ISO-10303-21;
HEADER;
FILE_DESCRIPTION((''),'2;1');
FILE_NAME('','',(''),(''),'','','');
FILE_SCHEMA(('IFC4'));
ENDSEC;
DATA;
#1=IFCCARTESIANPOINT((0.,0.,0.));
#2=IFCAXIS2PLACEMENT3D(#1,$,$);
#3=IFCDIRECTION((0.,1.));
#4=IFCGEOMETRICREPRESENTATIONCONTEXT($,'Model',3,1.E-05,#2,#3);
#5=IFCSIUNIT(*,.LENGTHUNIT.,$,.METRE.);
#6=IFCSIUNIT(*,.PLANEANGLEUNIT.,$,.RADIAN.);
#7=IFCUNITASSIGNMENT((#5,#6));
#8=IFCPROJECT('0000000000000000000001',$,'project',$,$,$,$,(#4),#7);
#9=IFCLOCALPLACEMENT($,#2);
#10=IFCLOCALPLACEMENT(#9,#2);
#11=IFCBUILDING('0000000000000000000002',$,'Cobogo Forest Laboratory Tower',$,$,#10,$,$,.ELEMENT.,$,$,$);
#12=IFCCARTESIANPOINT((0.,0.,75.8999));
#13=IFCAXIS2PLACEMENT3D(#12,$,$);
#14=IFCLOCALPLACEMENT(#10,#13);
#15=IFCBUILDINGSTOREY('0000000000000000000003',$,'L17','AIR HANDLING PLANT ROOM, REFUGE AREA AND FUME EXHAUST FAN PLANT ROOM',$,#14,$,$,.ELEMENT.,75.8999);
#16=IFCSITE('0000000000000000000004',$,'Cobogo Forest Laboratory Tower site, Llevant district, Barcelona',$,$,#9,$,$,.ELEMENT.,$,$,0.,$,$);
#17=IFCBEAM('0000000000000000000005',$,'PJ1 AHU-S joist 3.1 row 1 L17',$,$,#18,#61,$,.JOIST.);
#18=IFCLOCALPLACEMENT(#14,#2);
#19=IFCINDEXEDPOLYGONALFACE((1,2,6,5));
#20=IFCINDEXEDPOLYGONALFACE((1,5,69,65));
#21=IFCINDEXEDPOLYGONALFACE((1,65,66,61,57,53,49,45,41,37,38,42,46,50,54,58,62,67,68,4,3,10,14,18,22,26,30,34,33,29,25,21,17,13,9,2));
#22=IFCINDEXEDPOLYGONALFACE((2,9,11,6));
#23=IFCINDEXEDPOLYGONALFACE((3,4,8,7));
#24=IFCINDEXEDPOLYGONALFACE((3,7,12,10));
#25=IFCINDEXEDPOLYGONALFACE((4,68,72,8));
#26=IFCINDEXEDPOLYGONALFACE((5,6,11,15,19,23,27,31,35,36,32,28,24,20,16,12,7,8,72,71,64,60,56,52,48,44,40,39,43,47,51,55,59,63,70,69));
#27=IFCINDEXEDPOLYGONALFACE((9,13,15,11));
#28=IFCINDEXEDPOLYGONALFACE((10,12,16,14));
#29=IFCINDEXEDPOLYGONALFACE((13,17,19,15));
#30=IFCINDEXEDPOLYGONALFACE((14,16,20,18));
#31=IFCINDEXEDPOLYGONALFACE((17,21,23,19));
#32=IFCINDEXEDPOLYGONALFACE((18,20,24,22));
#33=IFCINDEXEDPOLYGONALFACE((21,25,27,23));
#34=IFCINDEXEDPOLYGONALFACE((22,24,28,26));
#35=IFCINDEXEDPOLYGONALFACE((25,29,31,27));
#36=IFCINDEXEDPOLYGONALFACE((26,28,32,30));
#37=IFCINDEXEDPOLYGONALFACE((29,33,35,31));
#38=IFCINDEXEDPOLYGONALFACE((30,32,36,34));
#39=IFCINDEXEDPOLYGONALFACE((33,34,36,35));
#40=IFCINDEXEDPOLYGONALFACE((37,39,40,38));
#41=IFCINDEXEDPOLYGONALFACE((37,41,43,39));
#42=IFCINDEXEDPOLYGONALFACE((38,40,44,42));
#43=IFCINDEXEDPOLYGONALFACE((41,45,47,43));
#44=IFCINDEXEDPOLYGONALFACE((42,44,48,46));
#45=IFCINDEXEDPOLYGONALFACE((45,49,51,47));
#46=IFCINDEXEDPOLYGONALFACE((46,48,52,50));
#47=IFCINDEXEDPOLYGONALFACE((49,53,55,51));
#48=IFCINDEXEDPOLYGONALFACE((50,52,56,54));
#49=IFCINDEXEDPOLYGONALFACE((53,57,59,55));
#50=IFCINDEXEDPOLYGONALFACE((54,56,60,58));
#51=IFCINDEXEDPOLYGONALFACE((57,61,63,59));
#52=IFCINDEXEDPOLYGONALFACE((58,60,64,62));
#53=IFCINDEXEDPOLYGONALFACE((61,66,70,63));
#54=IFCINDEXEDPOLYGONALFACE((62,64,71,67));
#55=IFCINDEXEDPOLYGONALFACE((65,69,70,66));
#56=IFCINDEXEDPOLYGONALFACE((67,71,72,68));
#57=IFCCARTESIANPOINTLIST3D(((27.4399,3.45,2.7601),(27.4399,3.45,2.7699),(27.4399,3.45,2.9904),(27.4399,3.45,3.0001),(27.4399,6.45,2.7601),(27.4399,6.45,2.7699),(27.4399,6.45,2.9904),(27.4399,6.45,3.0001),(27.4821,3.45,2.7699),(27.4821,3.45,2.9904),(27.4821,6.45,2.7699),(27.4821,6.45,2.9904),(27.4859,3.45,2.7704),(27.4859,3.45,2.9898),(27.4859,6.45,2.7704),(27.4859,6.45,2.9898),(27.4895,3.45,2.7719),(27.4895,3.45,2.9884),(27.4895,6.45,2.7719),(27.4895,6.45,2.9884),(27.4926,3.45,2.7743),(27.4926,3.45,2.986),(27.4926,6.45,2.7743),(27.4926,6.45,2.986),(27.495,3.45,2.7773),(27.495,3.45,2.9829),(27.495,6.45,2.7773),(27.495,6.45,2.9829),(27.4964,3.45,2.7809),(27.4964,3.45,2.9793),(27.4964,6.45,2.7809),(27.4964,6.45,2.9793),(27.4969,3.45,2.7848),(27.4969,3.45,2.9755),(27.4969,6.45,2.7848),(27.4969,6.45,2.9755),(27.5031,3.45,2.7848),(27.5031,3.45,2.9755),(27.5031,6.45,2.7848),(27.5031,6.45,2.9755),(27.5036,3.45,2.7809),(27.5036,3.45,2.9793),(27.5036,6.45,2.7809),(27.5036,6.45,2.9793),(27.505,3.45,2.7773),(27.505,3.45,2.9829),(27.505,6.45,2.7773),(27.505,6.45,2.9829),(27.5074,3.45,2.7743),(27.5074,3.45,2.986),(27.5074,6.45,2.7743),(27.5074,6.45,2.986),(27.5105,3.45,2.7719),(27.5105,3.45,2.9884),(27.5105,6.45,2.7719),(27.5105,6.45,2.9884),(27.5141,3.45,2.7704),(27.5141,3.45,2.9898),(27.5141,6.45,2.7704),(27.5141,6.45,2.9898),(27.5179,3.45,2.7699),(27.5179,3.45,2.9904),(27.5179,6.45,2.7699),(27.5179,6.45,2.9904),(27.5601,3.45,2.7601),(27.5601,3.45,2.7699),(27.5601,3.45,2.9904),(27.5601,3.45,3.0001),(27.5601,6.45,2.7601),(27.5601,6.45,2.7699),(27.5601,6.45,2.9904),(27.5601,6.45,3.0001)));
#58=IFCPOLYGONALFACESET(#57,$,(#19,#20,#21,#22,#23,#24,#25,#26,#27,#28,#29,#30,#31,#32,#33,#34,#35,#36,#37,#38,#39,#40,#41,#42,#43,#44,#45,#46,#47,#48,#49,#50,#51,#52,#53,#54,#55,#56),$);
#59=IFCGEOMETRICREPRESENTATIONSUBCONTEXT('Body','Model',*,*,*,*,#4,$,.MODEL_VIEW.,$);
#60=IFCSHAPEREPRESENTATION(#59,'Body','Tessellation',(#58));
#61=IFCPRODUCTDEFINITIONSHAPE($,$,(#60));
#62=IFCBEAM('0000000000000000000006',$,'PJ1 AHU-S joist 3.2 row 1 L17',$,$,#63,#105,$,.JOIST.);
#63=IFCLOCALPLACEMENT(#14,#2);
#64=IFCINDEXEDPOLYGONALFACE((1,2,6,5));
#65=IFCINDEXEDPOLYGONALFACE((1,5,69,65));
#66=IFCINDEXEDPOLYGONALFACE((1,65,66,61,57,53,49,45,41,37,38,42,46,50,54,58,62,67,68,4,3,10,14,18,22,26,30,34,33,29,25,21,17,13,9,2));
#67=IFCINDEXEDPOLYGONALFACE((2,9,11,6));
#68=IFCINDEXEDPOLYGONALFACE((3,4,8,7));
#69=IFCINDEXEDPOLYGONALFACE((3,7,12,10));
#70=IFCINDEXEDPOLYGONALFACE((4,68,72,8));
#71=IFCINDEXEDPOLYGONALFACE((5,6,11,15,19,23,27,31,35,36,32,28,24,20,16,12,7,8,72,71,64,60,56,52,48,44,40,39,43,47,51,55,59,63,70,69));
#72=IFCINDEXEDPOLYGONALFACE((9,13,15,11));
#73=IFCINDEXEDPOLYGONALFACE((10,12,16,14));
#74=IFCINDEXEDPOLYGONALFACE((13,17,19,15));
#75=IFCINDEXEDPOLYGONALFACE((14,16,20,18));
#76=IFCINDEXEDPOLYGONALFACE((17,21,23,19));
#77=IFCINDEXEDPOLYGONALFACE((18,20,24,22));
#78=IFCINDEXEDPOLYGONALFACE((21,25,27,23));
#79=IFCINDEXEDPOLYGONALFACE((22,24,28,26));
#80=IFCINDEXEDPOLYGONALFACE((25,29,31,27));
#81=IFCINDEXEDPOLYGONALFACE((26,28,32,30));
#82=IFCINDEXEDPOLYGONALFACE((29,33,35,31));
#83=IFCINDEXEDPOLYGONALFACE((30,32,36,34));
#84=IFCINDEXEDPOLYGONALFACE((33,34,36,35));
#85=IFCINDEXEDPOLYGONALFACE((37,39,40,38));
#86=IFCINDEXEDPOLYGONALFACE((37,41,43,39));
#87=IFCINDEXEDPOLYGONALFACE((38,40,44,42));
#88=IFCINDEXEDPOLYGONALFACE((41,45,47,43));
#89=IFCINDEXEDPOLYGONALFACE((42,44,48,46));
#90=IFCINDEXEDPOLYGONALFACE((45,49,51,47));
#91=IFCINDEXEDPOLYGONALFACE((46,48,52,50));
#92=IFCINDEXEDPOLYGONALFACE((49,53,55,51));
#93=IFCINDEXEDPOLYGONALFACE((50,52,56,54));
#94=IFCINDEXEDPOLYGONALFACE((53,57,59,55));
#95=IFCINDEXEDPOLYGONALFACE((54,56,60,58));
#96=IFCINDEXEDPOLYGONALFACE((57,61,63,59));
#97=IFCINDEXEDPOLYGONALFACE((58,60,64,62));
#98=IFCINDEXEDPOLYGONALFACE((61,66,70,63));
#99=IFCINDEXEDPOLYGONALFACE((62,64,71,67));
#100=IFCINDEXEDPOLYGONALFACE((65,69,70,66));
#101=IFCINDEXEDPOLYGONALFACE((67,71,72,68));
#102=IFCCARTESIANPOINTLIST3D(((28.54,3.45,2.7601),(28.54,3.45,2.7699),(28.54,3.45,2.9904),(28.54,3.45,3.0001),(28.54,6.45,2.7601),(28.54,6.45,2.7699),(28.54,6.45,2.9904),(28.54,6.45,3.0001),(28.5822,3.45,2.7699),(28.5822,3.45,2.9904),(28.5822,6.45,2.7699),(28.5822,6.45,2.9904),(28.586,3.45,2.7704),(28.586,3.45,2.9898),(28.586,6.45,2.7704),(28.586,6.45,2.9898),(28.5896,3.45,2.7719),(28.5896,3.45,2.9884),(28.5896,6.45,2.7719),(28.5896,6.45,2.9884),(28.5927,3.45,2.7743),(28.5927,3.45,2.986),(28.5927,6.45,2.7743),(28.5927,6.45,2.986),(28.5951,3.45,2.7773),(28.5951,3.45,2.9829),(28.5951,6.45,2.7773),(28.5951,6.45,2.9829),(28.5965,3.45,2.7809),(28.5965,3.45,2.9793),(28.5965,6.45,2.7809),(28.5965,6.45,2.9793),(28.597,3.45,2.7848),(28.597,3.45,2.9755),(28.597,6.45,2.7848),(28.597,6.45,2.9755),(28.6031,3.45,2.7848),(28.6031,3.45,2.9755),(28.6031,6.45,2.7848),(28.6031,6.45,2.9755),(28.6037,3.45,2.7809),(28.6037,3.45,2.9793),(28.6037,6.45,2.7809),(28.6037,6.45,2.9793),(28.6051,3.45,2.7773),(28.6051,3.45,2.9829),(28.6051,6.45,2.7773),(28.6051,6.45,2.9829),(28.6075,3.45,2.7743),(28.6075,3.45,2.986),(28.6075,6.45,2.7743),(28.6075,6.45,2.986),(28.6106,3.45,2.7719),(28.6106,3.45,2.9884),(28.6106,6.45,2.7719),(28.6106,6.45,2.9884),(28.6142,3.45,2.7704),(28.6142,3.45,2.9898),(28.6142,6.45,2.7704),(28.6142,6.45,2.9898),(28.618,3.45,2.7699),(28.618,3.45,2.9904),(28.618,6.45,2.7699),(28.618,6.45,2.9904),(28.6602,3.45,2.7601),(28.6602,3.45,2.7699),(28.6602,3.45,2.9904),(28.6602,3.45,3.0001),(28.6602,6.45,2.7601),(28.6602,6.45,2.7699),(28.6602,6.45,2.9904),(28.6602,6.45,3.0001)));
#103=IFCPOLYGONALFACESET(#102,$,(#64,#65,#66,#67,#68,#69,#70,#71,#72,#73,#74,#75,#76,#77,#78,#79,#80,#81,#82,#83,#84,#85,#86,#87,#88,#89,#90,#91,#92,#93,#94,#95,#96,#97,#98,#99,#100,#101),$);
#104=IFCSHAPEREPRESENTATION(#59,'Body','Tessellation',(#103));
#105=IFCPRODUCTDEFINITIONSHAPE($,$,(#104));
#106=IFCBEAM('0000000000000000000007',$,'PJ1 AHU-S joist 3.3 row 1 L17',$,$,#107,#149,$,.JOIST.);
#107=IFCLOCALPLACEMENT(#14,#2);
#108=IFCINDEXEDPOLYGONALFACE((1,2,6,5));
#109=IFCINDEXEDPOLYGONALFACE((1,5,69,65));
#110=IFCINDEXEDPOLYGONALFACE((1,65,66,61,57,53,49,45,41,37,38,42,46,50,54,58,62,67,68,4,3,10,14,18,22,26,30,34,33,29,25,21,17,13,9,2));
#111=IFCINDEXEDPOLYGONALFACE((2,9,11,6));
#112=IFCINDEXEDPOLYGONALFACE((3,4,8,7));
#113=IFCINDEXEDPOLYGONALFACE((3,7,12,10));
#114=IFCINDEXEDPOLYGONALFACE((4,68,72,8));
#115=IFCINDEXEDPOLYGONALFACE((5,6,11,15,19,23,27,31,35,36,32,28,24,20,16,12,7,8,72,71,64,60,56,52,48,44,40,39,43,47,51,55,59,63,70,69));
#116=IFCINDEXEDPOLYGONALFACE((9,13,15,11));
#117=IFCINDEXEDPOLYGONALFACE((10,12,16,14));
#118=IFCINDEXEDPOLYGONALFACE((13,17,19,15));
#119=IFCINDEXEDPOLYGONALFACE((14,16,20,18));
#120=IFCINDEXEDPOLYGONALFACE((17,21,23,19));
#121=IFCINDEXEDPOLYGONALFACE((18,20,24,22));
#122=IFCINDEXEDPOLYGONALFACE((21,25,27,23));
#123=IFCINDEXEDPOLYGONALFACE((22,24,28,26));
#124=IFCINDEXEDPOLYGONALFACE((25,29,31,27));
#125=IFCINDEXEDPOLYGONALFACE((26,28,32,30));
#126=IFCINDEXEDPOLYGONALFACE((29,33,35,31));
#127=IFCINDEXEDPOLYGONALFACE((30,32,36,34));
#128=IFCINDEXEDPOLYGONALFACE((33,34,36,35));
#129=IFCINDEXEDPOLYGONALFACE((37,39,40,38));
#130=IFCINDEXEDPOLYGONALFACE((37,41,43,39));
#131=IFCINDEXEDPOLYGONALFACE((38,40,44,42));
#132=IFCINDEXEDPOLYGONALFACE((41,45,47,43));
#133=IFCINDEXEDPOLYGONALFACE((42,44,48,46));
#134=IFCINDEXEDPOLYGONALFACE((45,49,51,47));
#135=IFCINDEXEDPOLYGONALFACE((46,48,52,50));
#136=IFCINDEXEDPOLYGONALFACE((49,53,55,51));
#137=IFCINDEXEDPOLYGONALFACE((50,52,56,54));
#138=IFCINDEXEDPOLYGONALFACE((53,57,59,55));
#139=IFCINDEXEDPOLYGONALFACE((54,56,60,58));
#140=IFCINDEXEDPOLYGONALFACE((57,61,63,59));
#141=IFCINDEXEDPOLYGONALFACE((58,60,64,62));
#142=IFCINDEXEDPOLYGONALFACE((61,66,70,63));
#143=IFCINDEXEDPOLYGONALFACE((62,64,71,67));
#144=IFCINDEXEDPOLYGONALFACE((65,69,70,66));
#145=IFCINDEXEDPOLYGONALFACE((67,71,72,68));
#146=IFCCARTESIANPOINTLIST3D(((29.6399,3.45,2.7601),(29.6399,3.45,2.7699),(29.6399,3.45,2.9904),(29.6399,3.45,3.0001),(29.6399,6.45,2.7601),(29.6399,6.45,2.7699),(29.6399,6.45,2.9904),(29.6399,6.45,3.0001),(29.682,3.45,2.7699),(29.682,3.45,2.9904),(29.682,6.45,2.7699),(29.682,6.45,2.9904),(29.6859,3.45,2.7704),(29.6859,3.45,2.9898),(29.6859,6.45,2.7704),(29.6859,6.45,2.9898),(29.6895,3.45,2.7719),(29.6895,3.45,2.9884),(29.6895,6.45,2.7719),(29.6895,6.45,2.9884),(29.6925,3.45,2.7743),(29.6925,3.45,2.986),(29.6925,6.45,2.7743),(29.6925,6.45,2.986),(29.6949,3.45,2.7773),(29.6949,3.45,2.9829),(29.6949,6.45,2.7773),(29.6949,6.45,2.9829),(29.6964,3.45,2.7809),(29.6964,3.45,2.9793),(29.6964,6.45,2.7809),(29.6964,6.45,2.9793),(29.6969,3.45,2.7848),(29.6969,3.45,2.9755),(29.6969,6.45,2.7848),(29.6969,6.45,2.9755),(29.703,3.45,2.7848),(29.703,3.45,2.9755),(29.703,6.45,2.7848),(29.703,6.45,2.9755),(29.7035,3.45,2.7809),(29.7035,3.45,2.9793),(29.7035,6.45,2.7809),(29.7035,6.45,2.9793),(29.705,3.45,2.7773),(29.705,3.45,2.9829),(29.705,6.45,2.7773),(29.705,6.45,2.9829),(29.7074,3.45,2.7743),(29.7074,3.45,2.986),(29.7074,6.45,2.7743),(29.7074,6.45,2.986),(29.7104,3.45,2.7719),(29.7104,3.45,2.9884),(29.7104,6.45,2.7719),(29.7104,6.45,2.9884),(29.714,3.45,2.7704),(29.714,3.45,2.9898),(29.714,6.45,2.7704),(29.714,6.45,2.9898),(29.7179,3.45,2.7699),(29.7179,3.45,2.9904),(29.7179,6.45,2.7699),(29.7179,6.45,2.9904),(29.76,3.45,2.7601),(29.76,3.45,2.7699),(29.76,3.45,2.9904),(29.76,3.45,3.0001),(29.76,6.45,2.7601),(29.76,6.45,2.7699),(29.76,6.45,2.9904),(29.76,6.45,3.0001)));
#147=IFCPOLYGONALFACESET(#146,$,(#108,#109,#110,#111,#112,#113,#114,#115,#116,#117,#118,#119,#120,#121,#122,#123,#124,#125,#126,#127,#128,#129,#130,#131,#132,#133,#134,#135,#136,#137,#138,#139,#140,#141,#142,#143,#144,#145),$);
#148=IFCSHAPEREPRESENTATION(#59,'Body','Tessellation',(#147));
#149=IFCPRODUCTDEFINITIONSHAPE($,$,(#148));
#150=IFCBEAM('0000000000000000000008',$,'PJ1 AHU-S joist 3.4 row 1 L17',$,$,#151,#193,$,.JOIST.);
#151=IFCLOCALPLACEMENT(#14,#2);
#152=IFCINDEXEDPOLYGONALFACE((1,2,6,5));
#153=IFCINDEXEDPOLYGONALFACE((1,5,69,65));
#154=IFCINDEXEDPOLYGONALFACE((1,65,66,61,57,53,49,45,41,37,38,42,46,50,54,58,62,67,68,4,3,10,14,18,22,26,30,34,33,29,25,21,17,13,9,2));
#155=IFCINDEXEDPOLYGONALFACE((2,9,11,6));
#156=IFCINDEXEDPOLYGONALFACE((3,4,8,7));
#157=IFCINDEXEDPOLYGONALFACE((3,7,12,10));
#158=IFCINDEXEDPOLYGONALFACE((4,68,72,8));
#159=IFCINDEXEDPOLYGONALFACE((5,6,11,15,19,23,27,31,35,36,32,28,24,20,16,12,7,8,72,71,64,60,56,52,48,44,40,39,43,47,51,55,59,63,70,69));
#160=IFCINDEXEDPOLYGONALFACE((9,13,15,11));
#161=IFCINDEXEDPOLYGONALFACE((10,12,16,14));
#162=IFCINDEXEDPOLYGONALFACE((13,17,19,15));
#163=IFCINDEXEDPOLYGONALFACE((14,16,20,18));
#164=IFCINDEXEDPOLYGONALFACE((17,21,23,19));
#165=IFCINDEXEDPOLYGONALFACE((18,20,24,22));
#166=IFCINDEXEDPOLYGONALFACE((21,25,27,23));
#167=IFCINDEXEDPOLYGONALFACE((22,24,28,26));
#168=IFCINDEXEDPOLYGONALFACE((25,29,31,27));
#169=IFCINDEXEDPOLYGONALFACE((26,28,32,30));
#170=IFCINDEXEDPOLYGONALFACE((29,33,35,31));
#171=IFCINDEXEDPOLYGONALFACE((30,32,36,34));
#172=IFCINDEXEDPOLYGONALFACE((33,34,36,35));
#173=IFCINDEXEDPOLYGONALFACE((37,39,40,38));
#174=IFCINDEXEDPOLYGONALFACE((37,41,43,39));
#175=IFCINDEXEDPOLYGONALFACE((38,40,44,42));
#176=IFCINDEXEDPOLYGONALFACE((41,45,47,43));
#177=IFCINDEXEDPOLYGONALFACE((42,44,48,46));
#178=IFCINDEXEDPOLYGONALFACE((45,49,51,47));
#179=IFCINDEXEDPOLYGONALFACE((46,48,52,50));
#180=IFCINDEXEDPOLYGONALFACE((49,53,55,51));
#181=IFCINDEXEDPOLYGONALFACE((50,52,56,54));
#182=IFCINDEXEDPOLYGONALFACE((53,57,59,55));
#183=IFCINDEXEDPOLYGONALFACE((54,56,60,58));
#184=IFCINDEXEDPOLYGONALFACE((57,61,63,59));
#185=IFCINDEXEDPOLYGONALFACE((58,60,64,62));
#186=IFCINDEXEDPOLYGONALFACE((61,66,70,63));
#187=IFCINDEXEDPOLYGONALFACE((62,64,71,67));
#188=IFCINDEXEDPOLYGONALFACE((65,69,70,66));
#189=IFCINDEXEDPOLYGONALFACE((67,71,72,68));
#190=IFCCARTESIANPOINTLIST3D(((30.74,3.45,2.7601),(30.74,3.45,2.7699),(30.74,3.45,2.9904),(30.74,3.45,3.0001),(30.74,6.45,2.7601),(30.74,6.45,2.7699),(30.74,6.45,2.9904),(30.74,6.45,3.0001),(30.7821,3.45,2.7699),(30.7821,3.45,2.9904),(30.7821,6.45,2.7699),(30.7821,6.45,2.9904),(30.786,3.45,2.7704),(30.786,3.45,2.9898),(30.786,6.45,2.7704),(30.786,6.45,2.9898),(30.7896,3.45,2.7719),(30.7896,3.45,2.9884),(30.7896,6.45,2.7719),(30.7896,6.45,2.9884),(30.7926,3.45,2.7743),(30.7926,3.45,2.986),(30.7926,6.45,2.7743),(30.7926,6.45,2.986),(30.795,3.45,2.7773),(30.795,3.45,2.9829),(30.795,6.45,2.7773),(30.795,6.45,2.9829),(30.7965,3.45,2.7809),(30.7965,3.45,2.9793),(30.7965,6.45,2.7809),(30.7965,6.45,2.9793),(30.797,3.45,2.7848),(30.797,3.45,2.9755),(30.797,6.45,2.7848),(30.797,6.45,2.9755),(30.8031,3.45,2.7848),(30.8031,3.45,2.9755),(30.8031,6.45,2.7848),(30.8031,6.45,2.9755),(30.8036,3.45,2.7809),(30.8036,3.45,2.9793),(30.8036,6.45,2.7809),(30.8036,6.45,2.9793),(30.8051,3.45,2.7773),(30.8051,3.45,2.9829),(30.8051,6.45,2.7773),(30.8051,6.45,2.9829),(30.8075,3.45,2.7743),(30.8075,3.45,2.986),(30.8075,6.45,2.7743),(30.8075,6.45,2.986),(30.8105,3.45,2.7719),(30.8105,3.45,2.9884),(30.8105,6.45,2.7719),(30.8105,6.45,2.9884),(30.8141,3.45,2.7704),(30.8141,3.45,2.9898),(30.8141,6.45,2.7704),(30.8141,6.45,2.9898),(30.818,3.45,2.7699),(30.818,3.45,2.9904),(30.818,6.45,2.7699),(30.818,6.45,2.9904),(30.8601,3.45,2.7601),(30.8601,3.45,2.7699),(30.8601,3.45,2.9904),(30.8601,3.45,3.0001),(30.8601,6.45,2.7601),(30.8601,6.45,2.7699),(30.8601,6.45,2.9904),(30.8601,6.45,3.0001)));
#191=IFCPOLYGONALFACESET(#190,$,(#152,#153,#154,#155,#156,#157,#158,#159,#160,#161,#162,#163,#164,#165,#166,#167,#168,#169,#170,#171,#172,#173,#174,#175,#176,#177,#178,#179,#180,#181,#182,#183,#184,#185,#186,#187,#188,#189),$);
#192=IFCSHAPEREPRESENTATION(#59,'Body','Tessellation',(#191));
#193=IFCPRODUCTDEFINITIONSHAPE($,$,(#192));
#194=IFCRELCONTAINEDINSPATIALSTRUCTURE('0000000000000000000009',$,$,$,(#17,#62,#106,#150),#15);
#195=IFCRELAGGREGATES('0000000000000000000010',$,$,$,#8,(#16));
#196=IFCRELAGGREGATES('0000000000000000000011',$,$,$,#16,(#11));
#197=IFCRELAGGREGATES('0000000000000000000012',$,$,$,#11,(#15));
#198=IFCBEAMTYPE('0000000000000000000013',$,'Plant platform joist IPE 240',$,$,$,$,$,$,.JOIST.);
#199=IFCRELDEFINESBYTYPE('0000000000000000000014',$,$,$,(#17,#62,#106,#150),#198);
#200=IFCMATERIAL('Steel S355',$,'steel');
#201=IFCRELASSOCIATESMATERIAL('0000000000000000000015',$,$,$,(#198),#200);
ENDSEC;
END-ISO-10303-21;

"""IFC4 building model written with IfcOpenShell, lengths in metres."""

from ifc_helpers import new_model, si_unit, direction, frame, origin, origin_2d, place, context, subcontext, project, spatial, i_section, extrude, material, material_profile, profile_set, type_object, element, save


model = new_model("IFC4")

# Units and contexts
model_context = context("Model", 3, precision=1e-05, world=origin(), true_north=direction((0.0, 1.0)))
body_context = subcontext(model_context, "Body", "Model", "MODEL_VIEW")
ifc_project = project(units=[si_unit("LENGTHUNIT", "METRE"), si_unit("PLANEANGLEUNIT", "RADIAN")], contexts=[model_context])

# Site, building, storey
site_placement = place(None, origin())
site = spatial("IfcSite", under=ifc_project, at=site_placement, Name="Cobogo Forest Laboratory Tower site, Llevant district, Barcelona", CompositionType="ELEMENT", RefElevation=0.0)
building_placement = place(site_placement, origin())
building = spatial("IfcBuilding", under=site, at=building_placement, Name="Cobogo Forest Laboratory Tower", CompositionType="ELEMENT")
storey_placement = place(building_placement, frame((0.0, 0.0, 75.8999)))
storey = spatial("IfcBuildingStorey", under=building, at=storey_placement, Name="L17", Description="AIR HANDLING PLANT ROOM, REFUGE AREA AND FUME EXHAUST FAN PLANT ROOM", CompositionType="ELEMENT", Elevation=75.8999)

# Shared definitions
ifc_material_1 = material(Name="Steel S355", Category="steel")

# Beams
ifc_material_profile_1 = material_profile(ifc_material_1, i_section(OverallWidth=0.1201, OverallDepth=0.24, WebThickness=0.0061, FlangeThickness=0.0098, FilletRadius=0.0149, at=origin_2d()), Name="IPE 240")
ifc_profile_set_1 = profile_set([ifc_material_profile_1], Name="Steel S355")
beam_type_1 = type_object("IfcBeamType", Name="Plant platform joist IPE 240", PredefinedType="JOIST", material=ifc_profile_set_1)
for number, where, z_axis, x_axis, name in (
    (1, (27.5, 3.45, 2.8801), (0.0, 1.0, 0.0), (-1.0, 0.0, 0.0), "PJ1 AHU-S joist 3.1 row 1 L17"),
    (2, (28.6001, 3.45, 2.8801), (0.0, 1.0, 0.0), (-1.0, 0.0, 0.0), "PJ1 AHU-S joist 3.2 row 1 L17"),
    (3, (29.7, 3.45, 2.8801), (0.0, 1.0, 0.0), (-1.0, 0.0, 0.0), "PJ1 AHU-S joist 3.3 row 1 L17"),
    (4, (30.8, 3.45, 2.8801), (0.0, 1.0, 0.0), (-1.0, 0.0, 0.0), "PJ1 AHU-S joist 3.4 row 1 L17"),
):
    element("IfcBeam", number, at=place(storey_placement, frame(where, z_axis=z_axis, x_axis=x_axis)), inside=storey, type_object=beam_type_1, Name=name, PredefinedType="JOIST", context=body_context, shape_type="SweptSolid", body=[
        extrude(i_section(OverallWidth=0.1201, OverallDepth=0.24, WebThickness=0.0061, FlangeThickness=0.0098, FilletRadius=0.0149, at=origin_2d()), origin(), (0.0, 0.0, 1.0), 3.0),
    ])

save(model, "model.ifc")
